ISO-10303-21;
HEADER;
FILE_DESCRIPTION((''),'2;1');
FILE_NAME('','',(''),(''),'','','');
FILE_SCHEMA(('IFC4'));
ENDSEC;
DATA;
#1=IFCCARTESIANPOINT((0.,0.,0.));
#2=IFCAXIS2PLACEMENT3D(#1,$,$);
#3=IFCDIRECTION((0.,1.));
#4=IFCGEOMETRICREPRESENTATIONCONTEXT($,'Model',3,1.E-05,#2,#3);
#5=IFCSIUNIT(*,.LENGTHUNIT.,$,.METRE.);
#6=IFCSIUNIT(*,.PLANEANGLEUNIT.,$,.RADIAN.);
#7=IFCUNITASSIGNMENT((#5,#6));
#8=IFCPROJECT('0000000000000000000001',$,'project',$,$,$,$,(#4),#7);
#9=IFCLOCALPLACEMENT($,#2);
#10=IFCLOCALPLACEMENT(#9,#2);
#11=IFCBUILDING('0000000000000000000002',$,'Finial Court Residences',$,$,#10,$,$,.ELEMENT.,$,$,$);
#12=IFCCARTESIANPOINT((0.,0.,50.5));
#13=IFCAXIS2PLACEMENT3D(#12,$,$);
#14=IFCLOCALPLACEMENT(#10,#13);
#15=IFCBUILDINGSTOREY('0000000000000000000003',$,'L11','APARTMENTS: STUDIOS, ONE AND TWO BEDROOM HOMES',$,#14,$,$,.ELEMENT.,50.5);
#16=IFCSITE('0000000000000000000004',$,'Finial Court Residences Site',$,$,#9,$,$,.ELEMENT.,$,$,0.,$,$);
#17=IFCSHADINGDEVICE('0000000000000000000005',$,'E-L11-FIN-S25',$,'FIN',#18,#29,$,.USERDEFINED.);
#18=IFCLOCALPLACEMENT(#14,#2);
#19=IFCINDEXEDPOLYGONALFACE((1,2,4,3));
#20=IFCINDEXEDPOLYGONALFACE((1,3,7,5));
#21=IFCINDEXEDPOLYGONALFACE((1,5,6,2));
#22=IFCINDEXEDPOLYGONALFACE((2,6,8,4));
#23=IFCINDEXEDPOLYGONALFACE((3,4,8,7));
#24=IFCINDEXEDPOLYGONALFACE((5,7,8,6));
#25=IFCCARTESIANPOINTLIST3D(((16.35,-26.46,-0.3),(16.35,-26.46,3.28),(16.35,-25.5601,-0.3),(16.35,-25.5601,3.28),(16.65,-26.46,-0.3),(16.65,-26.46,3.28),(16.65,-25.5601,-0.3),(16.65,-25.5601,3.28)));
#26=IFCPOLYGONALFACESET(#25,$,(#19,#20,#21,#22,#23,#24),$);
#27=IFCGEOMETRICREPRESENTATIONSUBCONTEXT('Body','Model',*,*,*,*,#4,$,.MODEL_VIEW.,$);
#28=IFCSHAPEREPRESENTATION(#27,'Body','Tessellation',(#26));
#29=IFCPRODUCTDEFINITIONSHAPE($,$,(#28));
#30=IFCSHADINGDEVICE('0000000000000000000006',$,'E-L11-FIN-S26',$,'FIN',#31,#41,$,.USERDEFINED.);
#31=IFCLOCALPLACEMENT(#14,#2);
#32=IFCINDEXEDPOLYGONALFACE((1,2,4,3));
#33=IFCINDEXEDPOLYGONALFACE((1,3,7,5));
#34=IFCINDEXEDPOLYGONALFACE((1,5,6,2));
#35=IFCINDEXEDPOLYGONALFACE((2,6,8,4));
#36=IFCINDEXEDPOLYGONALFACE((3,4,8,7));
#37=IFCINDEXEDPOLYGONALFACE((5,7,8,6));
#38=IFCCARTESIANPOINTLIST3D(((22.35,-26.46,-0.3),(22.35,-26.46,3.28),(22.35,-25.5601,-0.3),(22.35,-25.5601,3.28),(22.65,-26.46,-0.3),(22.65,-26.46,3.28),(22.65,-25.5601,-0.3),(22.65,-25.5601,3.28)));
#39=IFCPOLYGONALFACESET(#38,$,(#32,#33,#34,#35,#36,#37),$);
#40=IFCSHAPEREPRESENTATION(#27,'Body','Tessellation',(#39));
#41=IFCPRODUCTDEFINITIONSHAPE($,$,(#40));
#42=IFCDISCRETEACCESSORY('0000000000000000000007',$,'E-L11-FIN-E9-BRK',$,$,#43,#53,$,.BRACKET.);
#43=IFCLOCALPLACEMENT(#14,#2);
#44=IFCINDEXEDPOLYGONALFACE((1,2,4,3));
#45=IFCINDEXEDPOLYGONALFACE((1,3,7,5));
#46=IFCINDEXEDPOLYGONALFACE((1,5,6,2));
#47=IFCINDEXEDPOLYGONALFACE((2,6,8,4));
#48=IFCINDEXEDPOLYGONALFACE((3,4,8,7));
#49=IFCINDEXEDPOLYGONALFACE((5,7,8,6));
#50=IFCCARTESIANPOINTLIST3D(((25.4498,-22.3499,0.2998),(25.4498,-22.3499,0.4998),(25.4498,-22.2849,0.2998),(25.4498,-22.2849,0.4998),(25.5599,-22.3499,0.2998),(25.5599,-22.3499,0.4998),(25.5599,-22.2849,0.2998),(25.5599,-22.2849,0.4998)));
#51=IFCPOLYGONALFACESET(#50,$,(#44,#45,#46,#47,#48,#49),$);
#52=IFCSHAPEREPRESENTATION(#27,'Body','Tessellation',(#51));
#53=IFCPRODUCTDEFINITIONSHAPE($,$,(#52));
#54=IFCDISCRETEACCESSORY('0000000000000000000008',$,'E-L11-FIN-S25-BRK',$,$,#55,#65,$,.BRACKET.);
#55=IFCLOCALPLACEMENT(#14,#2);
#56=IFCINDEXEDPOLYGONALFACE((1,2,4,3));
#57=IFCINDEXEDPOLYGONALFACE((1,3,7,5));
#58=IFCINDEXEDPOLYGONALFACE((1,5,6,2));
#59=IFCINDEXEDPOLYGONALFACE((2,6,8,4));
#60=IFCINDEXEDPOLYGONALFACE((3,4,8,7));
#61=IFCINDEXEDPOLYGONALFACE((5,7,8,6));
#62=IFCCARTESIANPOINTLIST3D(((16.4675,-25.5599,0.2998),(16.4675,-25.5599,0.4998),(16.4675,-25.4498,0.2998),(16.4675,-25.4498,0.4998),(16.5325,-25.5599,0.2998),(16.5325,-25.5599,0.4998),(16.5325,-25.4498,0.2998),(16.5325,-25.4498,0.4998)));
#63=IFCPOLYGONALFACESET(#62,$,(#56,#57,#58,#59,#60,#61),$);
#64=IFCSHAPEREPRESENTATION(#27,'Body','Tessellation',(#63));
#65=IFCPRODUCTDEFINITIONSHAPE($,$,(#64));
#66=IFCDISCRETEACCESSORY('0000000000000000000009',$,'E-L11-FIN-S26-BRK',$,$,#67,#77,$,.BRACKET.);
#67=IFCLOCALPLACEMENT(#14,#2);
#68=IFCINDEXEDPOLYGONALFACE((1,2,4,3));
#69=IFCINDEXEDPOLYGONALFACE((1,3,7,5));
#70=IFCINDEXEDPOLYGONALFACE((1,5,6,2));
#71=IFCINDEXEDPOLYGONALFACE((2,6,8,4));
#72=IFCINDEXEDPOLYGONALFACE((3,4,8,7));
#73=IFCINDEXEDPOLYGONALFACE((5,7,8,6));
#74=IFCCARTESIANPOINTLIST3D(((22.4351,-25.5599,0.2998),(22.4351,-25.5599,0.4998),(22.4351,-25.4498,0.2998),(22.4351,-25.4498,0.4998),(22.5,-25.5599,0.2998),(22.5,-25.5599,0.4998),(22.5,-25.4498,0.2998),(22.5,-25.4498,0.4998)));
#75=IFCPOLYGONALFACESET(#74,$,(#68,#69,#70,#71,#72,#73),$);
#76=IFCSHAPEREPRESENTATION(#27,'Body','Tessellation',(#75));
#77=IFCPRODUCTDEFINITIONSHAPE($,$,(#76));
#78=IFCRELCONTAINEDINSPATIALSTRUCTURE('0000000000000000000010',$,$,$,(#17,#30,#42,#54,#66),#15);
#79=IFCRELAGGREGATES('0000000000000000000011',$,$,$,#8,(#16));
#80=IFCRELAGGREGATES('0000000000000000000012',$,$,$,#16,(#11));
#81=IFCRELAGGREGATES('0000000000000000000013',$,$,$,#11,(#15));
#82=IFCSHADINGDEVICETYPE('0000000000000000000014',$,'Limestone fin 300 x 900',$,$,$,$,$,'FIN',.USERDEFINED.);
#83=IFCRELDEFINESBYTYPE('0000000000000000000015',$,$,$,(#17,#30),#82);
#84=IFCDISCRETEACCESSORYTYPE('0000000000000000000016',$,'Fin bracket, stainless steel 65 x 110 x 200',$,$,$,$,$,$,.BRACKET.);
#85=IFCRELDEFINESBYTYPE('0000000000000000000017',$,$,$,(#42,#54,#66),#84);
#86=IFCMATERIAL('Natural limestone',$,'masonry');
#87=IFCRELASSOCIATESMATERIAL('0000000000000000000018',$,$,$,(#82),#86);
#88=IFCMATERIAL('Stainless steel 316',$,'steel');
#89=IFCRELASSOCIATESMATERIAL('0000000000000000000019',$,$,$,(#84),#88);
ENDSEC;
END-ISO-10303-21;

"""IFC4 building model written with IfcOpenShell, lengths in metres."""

from ifc_helpers import new_model, si_unit, direction, frame, origin, origin_2d, place, context, subcontext, project, spatial, rectangle, extrude, material, type_object, element, save


model = new_model("IFC4")

# Units and contexts
model_context = context("Model", 3, precision=1e-05, world=origin(), true_north=direction((0.0, 1.0)))
body_context = subcontext(model_context, "Body", "Model", "MODEL_VIEW")
ifc_project = project(units=[si_unit("LENGTHUNIT", "METRE"), si_unit("PLANEANGLEUNIT", "RADIAN")], contexts=[model_context])

# Site, building, storey
site_placement = place(None, origin())
site = spatial("IfcSite", under=ifc_project, at=site_placement, Name="Finial Court Residences Site", CompositionType="ELEMENT", RefElevation=0.0)
building_placement = place(site_placement, origin())
building = spatial("IfcBuilding", under=site, at=building_placement, Name="Finial Court Residences", CompositionType="ELEMENT")
storey_placement = place(building_placement, frame((0.0, 0.0, 50.5)))
storey = spatial("IfcBuildingStorey", under=building, at=storey_placement, Name="L11", Description="APARTMENTS: STUDIOS, ONE AND TWO BEDROOM HOMES", CompositionType="ELEMENT", Elevation=50.5)

# Shared definitions
ifc_material_1 = material(Name="Natural limestone", Category="masonry")

# Shading devices
shading_device_type = type_object("IfcShadingDeviceType", Name="Limestone fin 300 x 900", ElementType="FIN", PredefinedType="USERDEFINED", material=ifc_material_1)
for number, where, z_axis, x_axis, name in (
    (1, (16.5, -26.01, -0.3), (0.0, 0.0, 1.0), (1.0, 0.0, 0.0), "E-L11-FIN-S25"),
    (2, (22.5, -26.01, -0.3), (0.0, 0.0, 1.0), (1.0, 0.0, 0.0), "E-L11-FIN-S26"),
):
    element("IfcShadingDevice", number, at=place(storey_placement, frame(where, z_axis=z_axis, x_axis=x_axis)), inside=storey, type_object=shading_device_type, Name=name, ObjectType="FIN", PredefinedType="USERDEFINED", context=body_context, shape_type="SweptSolid", body=[
        extrude(rectangle(XDim=0.3, YDim=0.8999, at=origin_2d()), origin(), (0.0, 0.0, 1.0), 3.5801),
    ])

# Discrete accessories
ifc_material_2 = material(Name="Stainless steel 316", Category="steel")
discrete_accessory_type = type_object("IfcDiscreteAccessoryType", Name="Fin bracket, stainless steel 65 x 110 x 200", PredefinedType="BRACKET", material=ifc_material_2)
discrete_accessory_placement = place(storey_placement, frame((25.5049, -22.3174, 0.2998), z_axis=(0.0, 0.0, 1.0), x_axis=(1.0, 0.0, 0.0)))
element("IfcDiscreteAccessory", 3, at=discrete_accessory_placement, inside=storey, type_object=discrete_accessory_type, Name="E-L11-FIN-E9-BRK", PredefinedType="BRACKET", context=body_context, shape_type="SweptSolid", body=[
    extrude(rectangle(XDim=0.1101, YDim=0.0649, at=origin_2d()), origin(), (0.0, 0.0, 1.0), 0.2),
])
for number, where, z_axis, x_axis, name in (
    (4, (16.5, -25.5049, 0.2998), (0.0, 0.0, 1.0), (1.0, 0.0, 0.0), "E-L11-FIN-S25-BRK"),
    (5, (22.4675, -25.5049, 0.2998), (0.0, 0.0, 1.0), (1.0, 0.0, 0.0), "E-L11-FIN-S26-BRK"),
):
    element("IfcDiscreteAccessory", number, at=place(storey_placement, frame(where, z_axis=z_axis, x_axis=x_axis)), inside=storey, type_object=discrete_accessory_type, Name=name, PredefinedType="BRACKET", context=body_context, shape_type="SweptSolid", body=[
        extrude(rectangle(XDim=0.0649, YDim=0.1101, at=origin_2d()), origin(), (0.0, 0.0, 1.0), 0.2),
    ])

save(model, "model.ifc")
